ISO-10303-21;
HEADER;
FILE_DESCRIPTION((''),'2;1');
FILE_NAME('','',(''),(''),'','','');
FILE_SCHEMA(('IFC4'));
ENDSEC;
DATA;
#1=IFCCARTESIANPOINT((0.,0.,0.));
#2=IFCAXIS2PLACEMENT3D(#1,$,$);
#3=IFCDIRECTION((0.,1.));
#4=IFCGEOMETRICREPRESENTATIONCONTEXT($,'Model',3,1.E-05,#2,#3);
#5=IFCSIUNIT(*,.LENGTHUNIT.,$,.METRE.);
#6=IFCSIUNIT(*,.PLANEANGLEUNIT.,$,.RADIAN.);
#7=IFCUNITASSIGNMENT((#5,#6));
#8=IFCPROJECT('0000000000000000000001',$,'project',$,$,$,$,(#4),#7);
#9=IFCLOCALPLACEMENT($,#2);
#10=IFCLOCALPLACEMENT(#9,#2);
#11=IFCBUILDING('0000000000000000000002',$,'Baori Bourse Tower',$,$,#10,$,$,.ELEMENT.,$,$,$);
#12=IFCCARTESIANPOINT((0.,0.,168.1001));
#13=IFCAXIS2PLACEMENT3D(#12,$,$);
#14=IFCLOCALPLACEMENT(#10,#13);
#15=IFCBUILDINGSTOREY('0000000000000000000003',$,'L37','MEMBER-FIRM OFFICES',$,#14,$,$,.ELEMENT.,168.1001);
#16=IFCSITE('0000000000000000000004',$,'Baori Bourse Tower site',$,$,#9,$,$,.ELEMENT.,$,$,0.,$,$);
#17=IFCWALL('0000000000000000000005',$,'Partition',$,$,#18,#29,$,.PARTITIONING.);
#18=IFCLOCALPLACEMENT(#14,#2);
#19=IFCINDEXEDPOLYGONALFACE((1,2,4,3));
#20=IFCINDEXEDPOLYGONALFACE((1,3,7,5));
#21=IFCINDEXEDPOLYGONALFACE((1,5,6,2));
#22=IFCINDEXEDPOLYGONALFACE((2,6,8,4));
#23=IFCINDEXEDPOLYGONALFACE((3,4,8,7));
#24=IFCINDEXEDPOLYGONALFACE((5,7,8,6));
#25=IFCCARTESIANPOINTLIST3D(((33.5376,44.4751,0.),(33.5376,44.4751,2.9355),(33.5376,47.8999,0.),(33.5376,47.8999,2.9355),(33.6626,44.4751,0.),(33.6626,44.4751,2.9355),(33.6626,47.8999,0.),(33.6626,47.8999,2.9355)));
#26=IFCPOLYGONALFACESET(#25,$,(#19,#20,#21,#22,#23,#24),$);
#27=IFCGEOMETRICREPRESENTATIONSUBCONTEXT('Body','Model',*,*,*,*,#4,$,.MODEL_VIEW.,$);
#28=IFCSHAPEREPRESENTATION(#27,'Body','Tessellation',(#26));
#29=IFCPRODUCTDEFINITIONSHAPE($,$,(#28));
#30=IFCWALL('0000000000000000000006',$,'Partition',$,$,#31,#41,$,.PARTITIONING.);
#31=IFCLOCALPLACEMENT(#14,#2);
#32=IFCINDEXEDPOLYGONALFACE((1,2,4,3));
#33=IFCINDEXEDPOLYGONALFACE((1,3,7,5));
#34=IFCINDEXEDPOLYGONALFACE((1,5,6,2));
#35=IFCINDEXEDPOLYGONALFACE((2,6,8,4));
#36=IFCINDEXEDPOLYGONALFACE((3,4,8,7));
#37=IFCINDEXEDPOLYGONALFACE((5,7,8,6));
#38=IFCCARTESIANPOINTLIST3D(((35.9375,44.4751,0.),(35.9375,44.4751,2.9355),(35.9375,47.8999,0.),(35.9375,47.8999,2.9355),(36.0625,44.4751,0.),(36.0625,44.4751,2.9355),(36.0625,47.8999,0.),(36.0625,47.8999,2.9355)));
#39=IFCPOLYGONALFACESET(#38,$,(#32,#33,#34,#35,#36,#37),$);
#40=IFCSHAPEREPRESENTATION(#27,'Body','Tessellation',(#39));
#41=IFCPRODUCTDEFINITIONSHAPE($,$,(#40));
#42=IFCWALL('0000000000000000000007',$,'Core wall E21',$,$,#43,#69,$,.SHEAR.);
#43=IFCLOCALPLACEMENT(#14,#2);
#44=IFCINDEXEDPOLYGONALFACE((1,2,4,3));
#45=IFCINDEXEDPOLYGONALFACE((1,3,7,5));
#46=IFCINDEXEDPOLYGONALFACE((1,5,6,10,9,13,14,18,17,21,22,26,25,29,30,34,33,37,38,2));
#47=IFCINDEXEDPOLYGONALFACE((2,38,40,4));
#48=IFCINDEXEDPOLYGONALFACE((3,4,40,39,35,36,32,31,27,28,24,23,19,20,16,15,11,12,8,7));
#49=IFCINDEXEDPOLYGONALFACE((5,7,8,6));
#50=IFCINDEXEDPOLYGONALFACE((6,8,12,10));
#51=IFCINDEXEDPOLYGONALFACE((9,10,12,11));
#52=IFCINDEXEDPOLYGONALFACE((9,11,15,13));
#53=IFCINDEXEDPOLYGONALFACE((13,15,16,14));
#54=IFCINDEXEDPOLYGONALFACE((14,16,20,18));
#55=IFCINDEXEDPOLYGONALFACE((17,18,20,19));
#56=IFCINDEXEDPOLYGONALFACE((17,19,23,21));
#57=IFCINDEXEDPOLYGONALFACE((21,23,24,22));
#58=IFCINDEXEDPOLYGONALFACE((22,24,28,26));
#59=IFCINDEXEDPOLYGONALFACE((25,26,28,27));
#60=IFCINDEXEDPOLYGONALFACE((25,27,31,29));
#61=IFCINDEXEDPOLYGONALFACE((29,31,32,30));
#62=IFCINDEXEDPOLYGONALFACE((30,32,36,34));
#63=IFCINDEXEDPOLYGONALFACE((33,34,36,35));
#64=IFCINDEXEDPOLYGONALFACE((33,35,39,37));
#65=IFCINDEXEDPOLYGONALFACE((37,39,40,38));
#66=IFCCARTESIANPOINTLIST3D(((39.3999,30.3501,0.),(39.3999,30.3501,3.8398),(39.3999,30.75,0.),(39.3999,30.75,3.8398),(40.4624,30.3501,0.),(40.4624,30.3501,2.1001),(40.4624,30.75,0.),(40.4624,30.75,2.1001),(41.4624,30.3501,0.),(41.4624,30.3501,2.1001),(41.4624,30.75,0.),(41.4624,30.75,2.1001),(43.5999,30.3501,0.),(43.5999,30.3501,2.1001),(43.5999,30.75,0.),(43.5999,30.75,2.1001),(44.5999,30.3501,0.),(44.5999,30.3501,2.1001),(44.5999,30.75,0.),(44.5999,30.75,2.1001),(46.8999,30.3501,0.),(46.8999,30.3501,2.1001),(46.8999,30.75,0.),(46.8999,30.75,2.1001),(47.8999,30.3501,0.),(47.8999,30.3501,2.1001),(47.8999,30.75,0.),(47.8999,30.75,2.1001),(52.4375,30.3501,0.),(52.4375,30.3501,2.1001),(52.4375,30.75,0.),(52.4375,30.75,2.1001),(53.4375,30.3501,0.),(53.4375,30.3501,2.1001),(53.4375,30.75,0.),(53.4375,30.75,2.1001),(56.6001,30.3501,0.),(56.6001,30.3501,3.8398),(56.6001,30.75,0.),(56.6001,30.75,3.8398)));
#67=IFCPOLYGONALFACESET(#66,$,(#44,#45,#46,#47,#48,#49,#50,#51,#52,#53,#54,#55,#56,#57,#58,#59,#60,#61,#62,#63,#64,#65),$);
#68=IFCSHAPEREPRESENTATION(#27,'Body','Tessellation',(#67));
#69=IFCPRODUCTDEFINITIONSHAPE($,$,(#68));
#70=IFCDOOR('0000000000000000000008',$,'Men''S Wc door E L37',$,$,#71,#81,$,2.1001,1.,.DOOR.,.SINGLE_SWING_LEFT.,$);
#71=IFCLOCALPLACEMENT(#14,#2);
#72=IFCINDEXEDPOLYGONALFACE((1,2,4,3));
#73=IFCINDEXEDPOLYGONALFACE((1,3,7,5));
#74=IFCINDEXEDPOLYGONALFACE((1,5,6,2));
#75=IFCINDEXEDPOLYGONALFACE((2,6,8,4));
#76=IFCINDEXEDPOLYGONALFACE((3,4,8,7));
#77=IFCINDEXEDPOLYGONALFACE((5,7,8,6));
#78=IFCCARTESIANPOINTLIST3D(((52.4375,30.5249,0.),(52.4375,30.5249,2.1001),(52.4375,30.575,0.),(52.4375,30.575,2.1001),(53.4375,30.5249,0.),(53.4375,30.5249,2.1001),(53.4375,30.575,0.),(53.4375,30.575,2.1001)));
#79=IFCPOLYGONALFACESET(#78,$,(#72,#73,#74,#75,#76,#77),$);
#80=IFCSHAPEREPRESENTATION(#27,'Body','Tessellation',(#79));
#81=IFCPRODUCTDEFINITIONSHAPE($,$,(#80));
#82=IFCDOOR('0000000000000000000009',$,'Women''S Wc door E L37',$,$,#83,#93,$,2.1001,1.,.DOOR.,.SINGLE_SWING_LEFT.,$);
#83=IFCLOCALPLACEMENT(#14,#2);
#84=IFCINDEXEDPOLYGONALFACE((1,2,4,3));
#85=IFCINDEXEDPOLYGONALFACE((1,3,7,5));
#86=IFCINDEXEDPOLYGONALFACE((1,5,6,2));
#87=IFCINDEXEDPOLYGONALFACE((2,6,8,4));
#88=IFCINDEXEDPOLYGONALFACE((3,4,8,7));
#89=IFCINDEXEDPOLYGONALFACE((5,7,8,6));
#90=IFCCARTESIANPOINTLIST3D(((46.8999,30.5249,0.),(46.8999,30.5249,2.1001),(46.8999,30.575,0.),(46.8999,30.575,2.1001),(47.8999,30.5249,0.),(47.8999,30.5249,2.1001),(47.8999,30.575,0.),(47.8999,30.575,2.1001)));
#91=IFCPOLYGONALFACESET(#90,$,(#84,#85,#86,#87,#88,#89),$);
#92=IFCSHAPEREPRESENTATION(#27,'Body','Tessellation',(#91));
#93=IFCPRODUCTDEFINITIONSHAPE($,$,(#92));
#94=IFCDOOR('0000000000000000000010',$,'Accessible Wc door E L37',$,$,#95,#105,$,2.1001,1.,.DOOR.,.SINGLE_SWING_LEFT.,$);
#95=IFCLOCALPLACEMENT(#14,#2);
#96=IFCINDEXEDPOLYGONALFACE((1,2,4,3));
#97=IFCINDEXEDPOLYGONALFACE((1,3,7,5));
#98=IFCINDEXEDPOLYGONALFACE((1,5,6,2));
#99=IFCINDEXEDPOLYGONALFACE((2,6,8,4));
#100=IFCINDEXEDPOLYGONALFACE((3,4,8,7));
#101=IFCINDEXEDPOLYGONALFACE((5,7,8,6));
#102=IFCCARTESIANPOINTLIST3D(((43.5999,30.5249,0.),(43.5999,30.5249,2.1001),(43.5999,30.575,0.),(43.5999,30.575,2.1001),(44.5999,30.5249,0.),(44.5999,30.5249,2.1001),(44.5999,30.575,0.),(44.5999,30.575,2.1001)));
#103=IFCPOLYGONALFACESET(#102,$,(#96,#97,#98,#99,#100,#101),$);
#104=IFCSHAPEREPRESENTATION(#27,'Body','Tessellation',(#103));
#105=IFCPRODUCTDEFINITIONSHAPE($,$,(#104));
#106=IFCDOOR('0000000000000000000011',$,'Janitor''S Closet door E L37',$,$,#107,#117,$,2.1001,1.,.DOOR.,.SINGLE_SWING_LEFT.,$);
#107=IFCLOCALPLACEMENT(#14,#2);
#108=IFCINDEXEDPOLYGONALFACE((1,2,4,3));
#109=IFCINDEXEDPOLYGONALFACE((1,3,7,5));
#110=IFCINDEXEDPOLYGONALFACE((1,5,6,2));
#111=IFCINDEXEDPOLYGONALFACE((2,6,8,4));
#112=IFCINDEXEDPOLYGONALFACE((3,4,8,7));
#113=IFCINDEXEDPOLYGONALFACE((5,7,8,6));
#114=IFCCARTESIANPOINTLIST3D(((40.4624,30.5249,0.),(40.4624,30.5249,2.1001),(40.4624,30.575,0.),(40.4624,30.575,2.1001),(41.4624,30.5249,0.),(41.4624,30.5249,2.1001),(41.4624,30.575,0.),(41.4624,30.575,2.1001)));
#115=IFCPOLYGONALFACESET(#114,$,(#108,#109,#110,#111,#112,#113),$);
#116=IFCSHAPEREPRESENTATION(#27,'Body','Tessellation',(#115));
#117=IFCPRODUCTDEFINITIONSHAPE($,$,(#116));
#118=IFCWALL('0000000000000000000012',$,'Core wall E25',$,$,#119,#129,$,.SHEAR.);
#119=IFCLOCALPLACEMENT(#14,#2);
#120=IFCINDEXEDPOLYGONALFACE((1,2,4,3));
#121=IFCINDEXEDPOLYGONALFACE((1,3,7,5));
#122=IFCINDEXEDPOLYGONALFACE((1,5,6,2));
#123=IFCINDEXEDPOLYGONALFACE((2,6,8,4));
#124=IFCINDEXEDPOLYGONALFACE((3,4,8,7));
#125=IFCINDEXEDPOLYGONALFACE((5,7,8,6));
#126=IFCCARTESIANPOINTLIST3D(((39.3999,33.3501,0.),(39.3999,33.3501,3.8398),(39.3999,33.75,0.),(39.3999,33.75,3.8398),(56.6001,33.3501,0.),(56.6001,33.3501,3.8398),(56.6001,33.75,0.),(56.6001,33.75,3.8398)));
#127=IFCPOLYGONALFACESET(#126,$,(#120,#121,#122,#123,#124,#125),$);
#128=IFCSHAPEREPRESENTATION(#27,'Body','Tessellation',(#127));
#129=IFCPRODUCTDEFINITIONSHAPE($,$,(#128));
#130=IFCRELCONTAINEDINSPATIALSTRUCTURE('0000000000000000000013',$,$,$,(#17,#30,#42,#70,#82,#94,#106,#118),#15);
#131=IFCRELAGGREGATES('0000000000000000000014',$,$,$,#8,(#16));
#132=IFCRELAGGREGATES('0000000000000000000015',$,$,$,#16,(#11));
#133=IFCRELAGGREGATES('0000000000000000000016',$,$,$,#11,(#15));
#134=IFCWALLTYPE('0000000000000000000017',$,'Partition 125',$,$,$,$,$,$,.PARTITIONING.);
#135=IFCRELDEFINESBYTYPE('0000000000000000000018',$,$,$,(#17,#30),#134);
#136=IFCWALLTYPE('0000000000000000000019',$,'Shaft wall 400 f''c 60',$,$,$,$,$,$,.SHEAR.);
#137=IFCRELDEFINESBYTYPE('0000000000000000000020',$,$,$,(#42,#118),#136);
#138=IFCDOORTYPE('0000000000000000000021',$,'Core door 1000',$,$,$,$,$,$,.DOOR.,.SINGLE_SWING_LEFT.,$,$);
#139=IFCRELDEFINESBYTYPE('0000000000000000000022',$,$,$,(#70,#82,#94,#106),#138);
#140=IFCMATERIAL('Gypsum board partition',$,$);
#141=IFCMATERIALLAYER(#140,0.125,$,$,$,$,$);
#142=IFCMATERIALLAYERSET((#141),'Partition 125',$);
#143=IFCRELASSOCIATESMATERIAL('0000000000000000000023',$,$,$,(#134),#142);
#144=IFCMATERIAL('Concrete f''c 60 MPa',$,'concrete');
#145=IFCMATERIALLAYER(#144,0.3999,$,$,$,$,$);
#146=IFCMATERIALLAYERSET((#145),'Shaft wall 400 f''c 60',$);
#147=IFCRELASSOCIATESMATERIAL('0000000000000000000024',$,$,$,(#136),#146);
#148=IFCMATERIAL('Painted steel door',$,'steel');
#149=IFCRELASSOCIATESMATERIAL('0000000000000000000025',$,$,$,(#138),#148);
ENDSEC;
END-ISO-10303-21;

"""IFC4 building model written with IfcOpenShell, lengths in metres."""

from ifc_helpers import new_model, si_unit, direction, frame, frame_2d, origin, place, context, subcontext, project, spatial, rectangle, extrude, material, layer, layer_set, type_object, element, fill, save


model = new_model("IFC4")

# Units and contexts
model_context = context("Model", 3, precision=1e-05, world=origin(), true_north=direction((0.0, 1.0)))
body_context = subcontext(model_context, "Body", "Model", "MODEL_VIEW")
ifc_project = project(units=[si_unit("LENGTHUNIT", "METRE"), si_unit("PLANEANGLEUNIT", "RADIAN")], contexts=[model_context])

# Site, building, storey
site_placement = place(None, origin())
site = spatial("IfcSite", under=ifc_project, at=site_placement, Name="Baori Bourse Tower site", CompositionType="ELEMENT", RefElevation=0.0)
building_placement = place(site_placement, origin())
building = spatial("IfcBuilding", under=site, at=building_placement, Name="Baori Bourse Tower", CompositionType="ELEMENT")
storey_placement = place(building_placement, frame((0.0, 0.0, 168.1001)))
storey = spatial("IfcBuildingStorey", under=building, at=storey_placement, Name="L37", Description="MEMBER-FIRM OFFICES", CompositionType="ELEMENT", Elevation=168.1001)

# Walls
ifc_material_1 = material(Name="Gypsum board partition")
ifc_layer_1 = layer(ifc_material_1, 0.125)
ifc_layer_set_1 = layer_set([ifc_layer_1], Name="Partition 125")
wall_type_1 = type_object("IfcWallType", Name="Partition 125", PredefinedType="PARTITIONING", material=ifc_layer_set_1)
for number, where, z_axis, x_axis, name in (
    (1, (33.6001, 44.4751, 0.0), (0.0, 0.0, 1.0), (0.0, 1.0, 0.0), "Partition"),
    (2, (36.0, 44.4751, 0.0), (0.0, 0.0, 1.0), (0.0, 1.0, 0.0), "Partition"),
):
    element("IfcWall", number, at=place(storey_placement, frame(where, z_axis=z_axis, x_axis=x_axis)), inside=storey, type_object=wall_type_1, Name=name, PredefinedType="PARTITIONING", context=body_context, shape_type="SweptSolid", body=[
        extrude(rectangle(XDim=3.4248, YDim=0.125, at=frame_2d((1.7124, 0.0))), origin(), (0.0, 0.0, 1.0), 2.9355),
    ])

# Wall, openings, doors
ifc_material_2 = material(Name="Concrete f'c 60 MPa", Category="concrete")
ifc_layer_2 = layer(ifc_material_2, 0.3999)
ifc_layer_set_2 = layer_set([ifc_layer_2], Name="Shaft wall 400 f'c 60")
wall_type_2 = type_object("IfcWallType", Name="Shaft wall 400 f'c 60", PredefinedType="SHEAR", material=ifc_layer_set_2)
wall_1_placement = place(storey_placement, frame((39.3999, 30.55, 0.0), z_axis=(0.0, 0.0, 1.0), x_axis=(1.0, 0.0, 0.0)))
wall_1 = element("IfcWall", 3, at=wall_1_placement, inside=storey, type_object=wall_type_2, Name="Core wall E21", PredefinedType="SHEAR", context=body_context, shape_type="SweptSolid", body=[
    extrude(rectangle(XDim=17.2002, YDim=0.3999, at=frame_2d((8.6001, 0.0))), origin(), (0.0, 0.0, 1.0), 3.8398),
])
opening_1_placement = place(wall_1_placement, frame((13.0376, 0.0, 0.0)))
opening_1 = element("IfcOpeningElement", 4, at=opening_1_placement, cuts=wall_1, PredefinedType="OPENING", context=body_context, shape_type="SweptSolid", body=[
    extrude(rectangle(XDim=1.0, YDim=2.1001, at=frame_2d((0.5, 1.05))), frame((0.0, 0.21, 0.0), z_axis=(0.0, -1.0, 0.0), x_axis=(1.0, 0.0, 0.0)), (0.0, 0.0, 1.0), 0.4199),
])
opening_2_placement = place(wall_1_placement, frame((7.5, 0.0, 0.0)))
opening_2 = element("IfcOpeningElement", 5, at=opening_2_placement, cuts=wall_1, PredefinedType="OPENING", context=body_context, shape_type="SweptSolid", body=[
    extrude(rectangle(XDim=1.0, YDim=2.1001, at=frame_2d((0.5, 1.05))), frame((0.0, 0.21, 0.0), z_axis=(0.0, -1.0, 0.0), x_axis=(1.0, 0.0, 0.0)), (0.0, 0.0, 1.0), 0.4199),
])
opening_3_placement = place(wall_1_placement, frame((4.2, 0.0, 0.0)))
opening_3 = element("IfcOpeningElement", 6, at=opening_3_placement, cuts=wall_1, PredefinedType="OPENING", context=body_context, shape_type="SweptSolid", body=[
    extrude(rectangle(XDim=1.0, YDim=2.1001, at=frame_2d((0.5, 1.05))), frame((0.0, 0.21, 0.0), z_axis=(0.0, -1.0, 0.0), x_axis=(1.0, 0.0, 0.0)), (0.0, 0.0, 1.0), 0.4199),
])
opening_4_placement = place(wall_1_placement, frame((1.0625, 0.0, 0.0)))
opening_4 = element("IfcOpeningElement", 7, at=opening_4_placement, cuts=wall_1, PredefinedType="OPENING", context=body_context, shape_type="SweptSolid", body=[
    extrude(rectangle(XDim=1.0, YDim=2.1001, at=frame_2d((0.5, 1.05))), frame((0.0, 0.21, 0.0), z_axis=(0.0, -1.0, 0.0), x_axis=(1.0, 0.0, 0.0)), (0.0, 0.0, 1.0), 0.4199),
])
ifc_material_3 = material(Name="Painted steel door", Category="steel")
door_type_1 = type_object("IfcDoorType", Name="Core door 1000", OperationType="SINGLE_SWING_LEFT", PredefinedType="DOOR", material=ifc_material_3)
door_1_placement = place(opening_1_placement, origin())
door_1 = element("IfcDoor", 8, at=door_1_placement, inside=storey, type_object=door_type_1, Name="Men'S Wc door E L37", OperationType="SINGLE_SWING_LEFT", OverallHeight=2.1001, OverallWidth=1.0, PredefinedType="DOOR", context=body_context, shape_type="SweptSolid", body=[
    extrude(rectangle(XDim=1.0, YDim=2.1001, at=frame_2d((0.5, 1.05))), frame((0.0, 0.0249, 0.0), z_axis=(0.0, -1.0, 0.0), x_axis=(1.0, 0.0, 0.0)), (0.0, 0.0, 1.0), 0.05),
])
fill(opening_1, door_1)
door_2_placement = place(opening_2_placement, origin())
door_2 = element("IfcDoor", 9, at=door_2_placement, inside=storey, type_object=door_type_1, Name="Women'S Wc door E L37", OperationType="SINGLE_SWING_LEFT", OverallHeight=2.1001, OverallWidth=1.0, PredefinedType="DOOR", context=body_context, shape_type="SweptSolid", body=[
    extrude(rectangle(XDim=1.0, YDim=2.1001, at=frame_2d((0.5, 1.05))), frame((0.0, 0.0249, 0.0), z_axis=(0.0, -1.0, 0.0), x_axis=(1.0, 0.0, 0.0)), (0.0, 0.0, 1.0), 0.05),
])
fill(opening_2, door_2)
door_3_placement = place(opening_3_placement, origin())
door_3 = element("IfcDoor", 10, at=door_3_placement, inside=storey, type_object=door_type_1, Name="Accessible Wc door E L37", OperationType="SINGLE_SWING_LEFT", OverallHeight=2.1001, OverallWidth=1.0, PredefinedType="DOOR", context=body_context, shape_type="SweptSolid", body=[
    extrude(rectangle(XDim=1.0, YDim=2.1001, at=frame_2d((0.5, 1.05))), frame((0.0, 0.0249, 0.0), z_axis=(0.0, -1.0, 0.0), x_axis=(1.0, 0.0, 0.0)), (0.0, 0.0, 1.0), 0.05),
])
fill(opening_3, door_3)
door_4_placement = place(opening_4_placement, origin())
door_4 = element("IfcDoor", 11, at=door_4_placement, inside=storey, type_object=door_type_1, Name="Janitor'S Closet door E L37", OperationType="SINGLE_SWING_LEFT", OverallHeight=2.1001, OverallWidth=1.0, PredefinedType="DOOR", context=body_context, shape_type="SweptSolid", body=[
    extrude(rectangle(XDim=1.0, YDim=2.1001, at=frame_2d((0.5, 1.05))), frame((0.0, 0.0249, 0.0), z_axis=(0.0, -1.0, 0.0), x_axis=(1.0, 0.0, 0.0)), (0.0, 0.0, 1.0), 0.05),
])
fill(opening_4, door_4)

# Wall
wall_2_placement = place(storey_placement, frame((39.3999, 33.55, 0.0), z_axis=(0.0, 0.0, 1.0), x_axis=(1.0, 0.0, 0.0)))
element("IfcWall", 12, at=wall_2_placement, inside=storey, type_object=wall_type_2, Name="Core wall E25", PredefinedType="SHEAR", context=body_context, shape_type="SweptSolid", body=[
    extrude(rectangle(XDim=17.2002, YDim=0.3999, at=frame_2d((8.6001, 0.0))), origin(), (0.0, 0.0, 1.0), 3.8398),
])

save(model, "model.ifc")
